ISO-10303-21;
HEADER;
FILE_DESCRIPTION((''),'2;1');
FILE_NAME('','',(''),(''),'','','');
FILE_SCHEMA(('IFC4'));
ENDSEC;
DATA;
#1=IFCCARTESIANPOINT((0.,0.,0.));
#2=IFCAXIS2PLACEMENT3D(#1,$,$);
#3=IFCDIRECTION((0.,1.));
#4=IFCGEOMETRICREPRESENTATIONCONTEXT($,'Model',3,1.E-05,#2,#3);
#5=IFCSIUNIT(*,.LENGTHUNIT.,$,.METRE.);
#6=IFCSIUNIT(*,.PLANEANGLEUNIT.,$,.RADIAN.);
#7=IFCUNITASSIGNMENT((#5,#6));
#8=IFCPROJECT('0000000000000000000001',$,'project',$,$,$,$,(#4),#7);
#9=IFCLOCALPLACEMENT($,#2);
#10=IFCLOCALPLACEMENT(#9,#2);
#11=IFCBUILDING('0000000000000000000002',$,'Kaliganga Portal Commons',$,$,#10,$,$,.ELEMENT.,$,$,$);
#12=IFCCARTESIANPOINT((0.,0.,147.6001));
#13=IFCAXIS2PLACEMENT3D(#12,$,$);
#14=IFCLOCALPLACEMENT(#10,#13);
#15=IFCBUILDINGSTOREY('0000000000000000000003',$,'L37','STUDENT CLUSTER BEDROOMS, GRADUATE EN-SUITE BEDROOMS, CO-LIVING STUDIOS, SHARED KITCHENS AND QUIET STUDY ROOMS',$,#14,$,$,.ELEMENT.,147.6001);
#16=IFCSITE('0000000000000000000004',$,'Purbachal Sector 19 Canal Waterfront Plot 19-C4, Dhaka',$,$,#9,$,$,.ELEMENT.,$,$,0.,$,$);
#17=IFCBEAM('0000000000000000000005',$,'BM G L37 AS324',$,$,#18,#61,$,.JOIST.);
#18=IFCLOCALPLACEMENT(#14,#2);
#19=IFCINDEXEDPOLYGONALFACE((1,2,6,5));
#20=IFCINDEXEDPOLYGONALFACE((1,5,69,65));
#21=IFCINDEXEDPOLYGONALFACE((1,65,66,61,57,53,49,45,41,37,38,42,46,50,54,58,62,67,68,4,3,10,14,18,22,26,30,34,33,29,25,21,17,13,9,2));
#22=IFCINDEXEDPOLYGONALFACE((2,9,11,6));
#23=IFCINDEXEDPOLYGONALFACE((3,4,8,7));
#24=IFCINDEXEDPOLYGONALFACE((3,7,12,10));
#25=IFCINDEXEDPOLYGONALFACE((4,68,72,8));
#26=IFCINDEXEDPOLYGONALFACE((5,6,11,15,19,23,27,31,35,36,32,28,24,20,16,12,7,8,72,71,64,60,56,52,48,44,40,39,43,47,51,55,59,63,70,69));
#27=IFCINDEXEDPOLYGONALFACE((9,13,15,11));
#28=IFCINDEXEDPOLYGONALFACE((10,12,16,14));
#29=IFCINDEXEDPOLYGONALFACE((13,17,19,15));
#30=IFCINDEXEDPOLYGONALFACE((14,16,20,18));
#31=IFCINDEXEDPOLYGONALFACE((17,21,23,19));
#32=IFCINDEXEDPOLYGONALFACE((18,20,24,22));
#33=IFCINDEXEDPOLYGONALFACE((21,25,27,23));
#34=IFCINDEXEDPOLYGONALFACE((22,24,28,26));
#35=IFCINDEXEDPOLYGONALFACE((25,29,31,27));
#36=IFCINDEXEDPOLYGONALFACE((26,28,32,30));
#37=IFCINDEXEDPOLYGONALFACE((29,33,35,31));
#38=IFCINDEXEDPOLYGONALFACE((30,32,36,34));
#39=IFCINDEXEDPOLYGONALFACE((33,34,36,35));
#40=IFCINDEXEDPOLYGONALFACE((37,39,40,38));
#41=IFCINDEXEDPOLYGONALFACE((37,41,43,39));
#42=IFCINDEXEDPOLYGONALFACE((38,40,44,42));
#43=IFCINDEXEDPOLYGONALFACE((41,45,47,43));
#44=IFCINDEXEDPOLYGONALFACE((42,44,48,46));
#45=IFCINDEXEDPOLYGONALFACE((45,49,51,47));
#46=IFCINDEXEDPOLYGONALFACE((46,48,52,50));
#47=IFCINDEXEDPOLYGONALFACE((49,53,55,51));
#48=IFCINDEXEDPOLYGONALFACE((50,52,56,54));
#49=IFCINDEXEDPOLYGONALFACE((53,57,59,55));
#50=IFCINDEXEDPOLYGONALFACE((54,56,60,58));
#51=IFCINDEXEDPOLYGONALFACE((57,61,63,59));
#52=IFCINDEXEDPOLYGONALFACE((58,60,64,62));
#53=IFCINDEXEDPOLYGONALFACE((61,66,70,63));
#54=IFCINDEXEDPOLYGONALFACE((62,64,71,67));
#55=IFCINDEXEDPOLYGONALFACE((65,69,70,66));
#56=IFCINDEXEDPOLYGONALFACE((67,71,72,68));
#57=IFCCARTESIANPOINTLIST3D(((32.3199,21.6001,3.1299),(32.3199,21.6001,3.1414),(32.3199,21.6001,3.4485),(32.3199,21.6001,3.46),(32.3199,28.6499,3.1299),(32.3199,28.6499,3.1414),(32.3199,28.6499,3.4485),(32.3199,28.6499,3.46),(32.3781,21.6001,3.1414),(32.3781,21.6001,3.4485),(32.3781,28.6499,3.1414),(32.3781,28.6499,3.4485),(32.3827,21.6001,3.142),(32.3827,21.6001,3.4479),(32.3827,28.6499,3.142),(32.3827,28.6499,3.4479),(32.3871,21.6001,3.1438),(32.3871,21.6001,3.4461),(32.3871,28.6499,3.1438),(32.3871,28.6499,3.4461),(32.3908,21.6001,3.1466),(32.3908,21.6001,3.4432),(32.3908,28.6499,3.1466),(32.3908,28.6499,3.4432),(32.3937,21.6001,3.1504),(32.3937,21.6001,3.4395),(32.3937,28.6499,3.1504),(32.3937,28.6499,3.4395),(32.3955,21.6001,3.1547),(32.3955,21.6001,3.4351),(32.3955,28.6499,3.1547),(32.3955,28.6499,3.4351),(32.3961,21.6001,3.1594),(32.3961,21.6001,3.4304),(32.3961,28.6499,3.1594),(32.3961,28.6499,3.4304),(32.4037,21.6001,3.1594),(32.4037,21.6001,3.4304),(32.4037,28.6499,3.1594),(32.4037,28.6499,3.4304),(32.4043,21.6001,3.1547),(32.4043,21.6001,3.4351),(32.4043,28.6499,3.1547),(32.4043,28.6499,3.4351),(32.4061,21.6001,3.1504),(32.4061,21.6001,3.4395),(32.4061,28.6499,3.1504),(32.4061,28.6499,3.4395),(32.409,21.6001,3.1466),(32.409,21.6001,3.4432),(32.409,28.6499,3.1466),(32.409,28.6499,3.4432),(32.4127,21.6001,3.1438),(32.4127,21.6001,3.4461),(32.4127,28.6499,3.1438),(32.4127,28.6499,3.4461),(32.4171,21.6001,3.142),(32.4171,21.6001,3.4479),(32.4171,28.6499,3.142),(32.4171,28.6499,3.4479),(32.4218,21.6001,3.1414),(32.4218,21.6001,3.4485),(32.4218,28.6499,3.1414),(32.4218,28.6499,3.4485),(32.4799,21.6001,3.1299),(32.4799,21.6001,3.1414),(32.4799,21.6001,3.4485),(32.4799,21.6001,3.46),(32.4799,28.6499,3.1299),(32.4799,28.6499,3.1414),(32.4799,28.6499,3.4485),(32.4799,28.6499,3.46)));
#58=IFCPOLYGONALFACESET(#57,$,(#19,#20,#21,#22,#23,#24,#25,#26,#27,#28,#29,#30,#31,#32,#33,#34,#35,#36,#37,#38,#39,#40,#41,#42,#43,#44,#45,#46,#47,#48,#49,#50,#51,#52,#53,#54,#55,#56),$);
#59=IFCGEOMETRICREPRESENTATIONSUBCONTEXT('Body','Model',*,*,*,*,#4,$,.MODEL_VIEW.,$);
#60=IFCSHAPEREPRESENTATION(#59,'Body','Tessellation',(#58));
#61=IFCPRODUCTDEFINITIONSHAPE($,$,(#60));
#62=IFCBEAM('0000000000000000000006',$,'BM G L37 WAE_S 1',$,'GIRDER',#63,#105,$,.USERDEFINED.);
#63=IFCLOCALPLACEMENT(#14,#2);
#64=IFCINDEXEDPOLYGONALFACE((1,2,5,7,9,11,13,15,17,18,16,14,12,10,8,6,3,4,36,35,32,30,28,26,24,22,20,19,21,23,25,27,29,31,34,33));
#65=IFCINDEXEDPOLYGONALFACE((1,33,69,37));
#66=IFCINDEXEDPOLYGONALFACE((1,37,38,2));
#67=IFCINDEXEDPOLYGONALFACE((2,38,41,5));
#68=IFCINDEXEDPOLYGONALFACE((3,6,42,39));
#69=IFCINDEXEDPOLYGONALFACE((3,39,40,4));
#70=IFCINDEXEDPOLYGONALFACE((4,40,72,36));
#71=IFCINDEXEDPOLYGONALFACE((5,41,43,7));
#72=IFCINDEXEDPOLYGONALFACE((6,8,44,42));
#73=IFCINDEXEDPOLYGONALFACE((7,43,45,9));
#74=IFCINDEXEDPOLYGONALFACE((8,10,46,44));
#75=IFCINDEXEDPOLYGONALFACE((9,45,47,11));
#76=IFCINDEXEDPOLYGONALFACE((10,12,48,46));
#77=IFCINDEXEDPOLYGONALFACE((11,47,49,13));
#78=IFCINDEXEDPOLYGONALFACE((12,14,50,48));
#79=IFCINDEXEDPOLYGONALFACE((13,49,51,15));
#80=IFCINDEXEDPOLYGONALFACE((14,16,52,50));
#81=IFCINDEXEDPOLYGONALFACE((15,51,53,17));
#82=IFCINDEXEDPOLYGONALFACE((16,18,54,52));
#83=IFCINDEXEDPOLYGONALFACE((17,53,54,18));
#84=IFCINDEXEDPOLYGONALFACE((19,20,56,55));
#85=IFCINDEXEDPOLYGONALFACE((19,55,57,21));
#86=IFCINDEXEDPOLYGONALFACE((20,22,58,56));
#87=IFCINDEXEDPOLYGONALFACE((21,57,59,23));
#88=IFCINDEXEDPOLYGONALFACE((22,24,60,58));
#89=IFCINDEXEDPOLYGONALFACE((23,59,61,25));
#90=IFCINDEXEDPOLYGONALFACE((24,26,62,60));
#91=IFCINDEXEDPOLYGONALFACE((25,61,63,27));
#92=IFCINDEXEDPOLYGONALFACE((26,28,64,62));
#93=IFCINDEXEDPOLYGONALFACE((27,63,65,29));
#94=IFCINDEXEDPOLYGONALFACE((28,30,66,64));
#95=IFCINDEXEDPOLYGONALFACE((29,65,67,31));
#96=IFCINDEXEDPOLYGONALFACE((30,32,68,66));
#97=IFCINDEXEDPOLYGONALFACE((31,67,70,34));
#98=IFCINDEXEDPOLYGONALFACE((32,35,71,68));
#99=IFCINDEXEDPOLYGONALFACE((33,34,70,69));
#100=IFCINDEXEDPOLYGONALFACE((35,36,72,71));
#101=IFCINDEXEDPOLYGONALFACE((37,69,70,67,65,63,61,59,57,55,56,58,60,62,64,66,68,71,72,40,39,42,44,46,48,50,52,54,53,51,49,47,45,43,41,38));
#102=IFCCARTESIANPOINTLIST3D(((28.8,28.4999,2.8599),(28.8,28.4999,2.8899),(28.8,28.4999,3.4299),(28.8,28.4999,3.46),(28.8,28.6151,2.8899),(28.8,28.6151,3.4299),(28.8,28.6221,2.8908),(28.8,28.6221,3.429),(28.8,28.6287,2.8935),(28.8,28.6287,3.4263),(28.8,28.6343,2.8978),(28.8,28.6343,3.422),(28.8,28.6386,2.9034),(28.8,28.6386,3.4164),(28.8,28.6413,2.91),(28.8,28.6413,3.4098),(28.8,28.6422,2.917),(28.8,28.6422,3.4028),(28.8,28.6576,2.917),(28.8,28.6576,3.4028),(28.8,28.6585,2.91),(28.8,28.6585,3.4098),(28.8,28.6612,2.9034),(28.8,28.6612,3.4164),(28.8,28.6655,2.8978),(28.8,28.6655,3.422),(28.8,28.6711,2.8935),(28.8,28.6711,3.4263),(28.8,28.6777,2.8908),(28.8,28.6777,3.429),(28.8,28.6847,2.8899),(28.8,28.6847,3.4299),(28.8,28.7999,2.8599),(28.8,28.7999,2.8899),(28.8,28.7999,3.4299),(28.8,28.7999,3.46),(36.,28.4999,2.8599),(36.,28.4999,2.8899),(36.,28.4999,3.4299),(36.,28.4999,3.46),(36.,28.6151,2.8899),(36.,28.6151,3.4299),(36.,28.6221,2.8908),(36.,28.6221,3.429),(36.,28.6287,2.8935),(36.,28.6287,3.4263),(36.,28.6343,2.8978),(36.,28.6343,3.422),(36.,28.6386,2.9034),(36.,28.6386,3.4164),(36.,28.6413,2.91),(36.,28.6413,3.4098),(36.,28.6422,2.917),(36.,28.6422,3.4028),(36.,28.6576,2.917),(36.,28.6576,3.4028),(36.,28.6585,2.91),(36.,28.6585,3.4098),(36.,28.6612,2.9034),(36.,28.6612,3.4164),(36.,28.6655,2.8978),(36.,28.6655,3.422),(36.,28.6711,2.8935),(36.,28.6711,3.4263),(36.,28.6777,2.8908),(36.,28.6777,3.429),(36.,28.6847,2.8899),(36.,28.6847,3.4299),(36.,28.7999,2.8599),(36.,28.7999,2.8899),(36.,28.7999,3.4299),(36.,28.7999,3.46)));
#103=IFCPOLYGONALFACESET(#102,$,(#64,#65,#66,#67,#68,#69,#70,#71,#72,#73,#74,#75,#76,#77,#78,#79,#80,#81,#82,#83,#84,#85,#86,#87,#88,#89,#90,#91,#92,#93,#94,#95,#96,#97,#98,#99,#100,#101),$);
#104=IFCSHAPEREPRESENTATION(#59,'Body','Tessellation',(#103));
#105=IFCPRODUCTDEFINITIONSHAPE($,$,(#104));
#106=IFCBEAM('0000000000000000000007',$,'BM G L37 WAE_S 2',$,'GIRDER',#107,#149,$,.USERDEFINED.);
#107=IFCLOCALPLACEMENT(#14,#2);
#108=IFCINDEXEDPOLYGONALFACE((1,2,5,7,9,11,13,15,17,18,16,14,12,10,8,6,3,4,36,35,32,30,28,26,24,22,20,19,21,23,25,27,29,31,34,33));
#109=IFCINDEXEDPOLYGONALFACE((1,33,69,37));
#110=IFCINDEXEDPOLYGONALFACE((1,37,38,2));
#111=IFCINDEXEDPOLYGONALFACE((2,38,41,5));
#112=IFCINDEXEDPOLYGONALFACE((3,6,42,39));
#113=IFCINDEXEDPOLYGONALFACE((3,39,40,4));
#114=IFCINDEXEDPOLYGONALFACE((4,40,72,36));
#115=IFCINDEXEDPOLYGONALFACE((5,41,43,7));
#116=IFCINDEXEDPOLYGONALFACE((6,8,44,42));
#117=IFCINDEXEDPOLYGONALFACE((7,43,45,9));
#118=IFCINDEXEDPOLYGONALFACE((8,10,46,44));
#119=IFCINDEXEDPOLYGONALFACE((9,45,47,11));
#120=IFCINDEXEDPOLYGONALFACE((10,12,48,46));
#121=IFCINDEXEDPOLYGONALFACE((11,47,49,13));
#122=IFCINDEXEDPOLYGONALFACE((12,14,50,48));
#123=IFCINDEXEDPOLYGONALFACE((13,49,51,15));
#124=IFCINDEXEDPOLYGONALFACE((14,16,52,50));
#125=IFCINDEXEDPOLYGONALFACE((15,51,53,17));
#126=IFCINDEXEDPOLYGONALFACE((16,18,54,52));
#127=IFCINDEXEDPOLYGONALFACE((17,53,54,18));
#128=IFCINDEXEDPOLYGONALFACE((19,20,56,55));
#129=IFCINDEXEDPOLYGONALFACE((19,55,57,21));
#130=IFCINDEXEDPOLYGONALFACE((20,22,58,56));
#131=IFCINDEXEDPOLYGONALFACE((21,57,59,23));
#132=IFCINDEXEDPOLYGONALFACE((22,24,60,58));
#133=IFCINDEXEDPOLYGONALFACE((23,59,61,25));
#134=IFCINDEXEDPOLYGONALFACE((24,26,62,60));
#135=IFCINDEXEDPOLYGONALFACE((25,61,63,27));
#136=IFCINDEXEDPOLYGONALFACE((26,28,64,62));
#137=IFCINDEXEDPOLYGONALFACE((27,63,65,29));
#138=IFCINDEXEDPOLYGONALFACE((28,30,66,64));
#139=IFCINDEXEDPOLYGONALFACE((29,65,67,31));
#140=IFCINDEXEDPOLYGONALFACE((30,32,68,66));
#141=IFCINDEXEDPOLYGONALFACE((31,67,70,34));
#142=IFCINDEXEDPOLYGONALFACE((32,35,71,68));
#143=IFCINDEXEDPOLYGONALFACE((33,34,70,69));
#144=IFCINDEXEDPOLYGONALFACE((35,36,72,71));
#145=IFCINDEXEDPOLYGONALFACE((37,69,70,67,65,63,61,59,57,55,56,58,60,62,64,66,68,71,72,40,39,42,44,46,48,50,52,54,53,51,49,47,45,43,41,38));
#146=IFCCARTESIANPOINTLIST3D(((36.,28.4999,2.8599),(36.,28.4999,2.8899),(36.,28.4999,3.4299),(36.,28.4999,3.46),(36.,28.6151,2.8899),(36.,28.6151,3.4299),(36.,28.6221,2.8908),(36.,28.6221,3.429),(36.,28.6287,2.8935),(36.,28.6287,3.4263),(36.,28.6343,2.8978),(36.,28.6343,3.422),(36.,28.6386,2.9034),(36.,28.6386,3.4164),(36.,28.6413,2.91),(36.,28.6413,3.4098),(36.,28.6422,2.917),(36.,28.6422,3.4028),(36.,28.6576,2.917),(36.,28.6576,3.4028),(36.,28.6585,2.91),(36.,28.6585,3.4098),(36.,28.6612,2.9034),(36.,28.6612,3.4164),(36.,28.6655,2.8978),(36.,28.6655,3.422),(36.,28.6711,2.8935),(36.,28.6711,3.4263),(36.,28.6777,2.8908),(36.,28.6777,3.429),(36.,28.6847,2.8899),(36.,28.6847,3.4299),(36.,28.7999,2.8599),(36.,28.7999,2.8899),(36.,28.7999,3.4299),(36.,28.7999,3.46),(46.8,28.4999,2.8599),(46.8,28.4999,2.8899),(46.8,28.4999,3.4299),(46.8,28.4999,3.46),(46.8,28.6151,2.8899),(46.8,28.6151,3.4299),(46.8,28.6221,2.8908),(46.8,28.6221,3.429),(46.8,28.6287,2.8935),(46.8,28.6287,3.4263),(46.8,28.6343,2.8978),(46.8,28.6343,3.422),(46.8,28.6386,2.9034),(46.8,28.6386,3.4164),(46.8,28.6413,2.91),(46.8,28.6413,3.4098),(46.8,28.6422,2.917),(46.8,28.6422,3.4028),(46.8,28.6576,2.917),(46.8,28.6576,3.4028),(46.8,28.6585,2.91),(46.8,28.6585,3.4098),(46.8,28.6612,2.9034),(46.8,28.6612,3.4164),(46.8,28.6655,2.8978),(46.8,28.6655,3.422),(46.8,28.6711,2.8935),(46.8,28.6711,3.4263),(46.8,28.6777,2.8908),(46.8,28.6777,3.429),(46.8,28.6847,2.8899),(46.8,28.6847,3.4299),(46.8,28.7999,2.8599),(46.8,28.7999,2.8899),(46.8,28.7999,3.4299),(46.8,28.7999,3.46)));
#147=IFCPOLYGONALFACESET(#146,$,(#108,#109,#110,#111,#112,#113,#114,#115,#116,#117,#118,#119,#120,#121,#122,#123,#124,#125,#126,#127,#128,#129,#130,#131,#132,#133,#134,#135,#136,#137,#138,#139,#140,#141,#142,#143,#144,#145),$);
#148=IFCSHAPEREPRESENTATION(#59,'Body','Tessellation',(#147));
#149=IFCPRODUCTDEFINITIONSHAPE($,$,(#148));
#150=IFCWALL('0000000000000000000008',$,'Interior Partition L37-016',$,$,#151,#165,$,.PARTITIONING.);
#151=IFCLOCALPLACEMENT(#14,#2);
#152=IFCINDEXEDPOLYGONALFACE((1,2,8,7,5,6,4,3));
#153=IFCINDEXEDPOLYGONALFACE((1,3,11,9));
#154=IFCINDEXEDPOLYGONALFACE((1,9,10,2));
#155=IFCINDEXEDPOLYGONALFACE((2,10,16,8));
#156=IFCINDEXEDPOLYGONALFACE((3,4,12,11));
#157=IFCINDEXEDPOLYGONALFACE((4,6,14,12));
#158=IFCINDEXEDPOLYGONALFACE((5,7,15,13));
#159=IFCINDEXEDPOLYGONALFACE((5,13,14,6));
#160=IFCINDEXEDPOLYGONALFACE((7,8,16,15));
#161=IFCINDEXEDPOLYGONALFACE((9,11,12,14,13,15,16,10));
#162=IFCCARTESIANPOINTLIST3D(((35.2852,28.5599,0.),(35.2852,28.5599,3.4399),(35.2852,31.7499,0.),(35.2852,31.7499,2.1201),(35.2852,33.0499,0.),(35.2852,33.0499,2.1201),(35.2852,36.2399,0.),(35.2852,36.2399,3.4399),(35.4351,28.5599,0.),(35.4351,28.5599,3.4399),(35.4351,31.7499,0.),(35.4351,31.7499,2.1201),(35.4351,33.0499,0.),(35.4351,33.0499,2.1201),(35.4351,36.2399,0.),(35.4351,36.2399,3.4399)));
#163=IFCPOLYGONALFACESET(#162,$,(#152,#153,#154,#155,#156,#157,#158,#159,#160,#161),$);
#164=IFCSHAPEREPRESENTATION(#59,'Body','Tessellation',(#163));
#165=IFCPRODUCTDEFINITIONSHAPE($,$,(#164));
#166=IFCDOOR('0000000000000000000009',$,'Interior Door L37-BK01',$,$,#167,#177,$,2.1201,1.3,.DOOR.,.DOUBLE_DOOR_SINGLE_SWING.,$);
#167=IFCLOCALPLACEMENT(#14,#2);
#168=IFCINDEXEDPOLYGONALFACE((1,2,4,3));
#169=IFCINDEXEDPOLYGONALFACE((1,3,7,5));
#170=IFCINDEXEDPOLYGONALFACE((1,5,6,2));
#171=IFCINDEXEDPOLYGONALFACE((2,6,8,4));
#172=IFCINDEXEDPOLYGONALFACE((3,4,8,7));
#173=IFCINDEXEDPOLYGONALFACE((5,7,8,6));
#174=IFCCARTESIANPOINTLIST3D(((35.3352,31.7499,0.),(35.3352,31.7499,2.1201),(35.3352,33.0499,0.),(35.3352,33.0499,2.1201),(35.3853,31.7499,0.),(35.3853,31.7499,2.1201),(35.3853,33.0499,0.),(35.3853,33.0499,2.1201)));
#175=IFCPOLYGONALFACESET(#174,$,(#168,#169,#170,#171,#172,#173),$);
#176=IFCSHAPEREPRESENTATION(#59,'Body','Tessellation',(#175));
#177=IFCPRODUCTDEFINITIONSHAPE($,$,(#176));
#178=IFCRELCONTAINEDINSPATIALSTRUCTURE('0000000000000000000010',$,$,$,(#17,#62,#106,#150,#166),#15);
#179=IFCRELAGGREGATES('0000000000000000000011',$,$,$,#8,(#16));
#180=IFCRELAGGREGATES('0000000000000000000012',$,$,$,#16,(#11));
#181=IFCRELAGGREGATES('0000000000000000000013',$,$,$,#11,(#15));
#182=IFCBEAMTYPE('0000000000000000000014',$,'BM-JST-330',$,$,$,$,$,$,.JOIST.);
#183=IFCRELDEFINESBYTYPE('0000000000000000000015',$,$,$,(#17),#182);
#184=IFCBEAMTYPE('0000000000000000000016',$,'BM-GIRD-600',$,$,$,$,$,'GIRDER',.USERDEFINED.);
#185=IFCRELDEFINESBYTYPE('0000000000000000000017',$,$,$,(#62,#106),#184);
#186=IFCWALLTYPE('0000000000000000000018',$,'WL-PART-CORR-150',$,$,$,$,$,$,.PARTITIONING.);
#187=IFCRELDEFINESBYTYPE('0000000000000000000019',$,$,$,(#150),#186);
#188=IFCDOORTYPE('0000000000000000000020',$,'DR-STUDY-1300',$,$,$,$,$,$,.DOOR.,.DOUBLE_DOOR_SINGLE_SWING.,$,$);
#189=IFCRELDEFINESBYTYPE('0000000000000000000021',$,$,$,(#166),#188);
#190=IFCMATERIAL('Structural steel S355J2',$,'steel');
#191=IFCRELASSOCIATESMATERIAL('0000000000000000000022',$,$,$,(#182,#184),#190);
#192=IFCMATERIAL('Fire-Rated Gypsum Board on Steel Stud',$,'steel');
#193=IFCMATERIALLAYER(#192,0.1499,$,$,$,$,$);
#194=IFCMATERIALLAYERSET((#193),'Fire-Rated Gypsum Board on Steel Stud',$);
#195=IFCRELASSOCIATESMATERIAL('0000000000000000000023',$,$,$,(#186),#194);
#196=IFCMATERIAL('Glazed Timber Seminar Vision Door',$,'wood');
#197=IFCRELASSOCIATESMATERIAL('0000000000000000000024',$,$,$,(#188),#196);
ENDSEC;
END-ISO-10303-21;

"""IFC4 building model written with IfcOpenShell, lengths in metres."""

from ifc_helpers import new_model, si_unit, direction, frame, frame_2d, origin, origin_2d, place, context, subcontext, project, spatial, rectangle, i_section, extrude, source, transform, mapped, material, layer, layer_set, material_profile, profile_set, type_object, element, fill, save


model = new_model("IFC4")

# Units and contexts
model_context = context("Model", 3, precision=1e-05, world=origin(), true_north=direction((0.0, 1.0)))
body_context = subcontext(model_context, "Body", "Model", "MODEL_VIEW")
ifc_project = project(units=[si_unit("LENGTHUNIT", "METRE"), si_unit("PLANEANGLEUNIT", "RADIAN")], contexts=[model_context])

# Site, building, storey
site_placement = place(None, origin())
site = spatial("IfcSite", under=ifc_project, at=site_placement, Name="Purbachal Sector 19 Canal Waterfront Plot 19-C4, Dhaka", CompositionType="ELEMENT", RefElevation=0.0)
building_placement = place(site_placement, origin())
building = spatial("IfcBuilding", under=site, at=building_placement, Name="Kaliganga Portal Commons", CompositionType="ELEMENT")
storey_placement = place(building_placement, frame((0.0, 0.0, 147.6001)))
storey = spatial("IfcBuildingStorey", under=building, at=storey_placement, Name="L37", Description="STUDENT CLUSTER BEDROOMS, GRADUATE EN-SUITE BEDROOMS, CO-LIVING STUDIOS, SHARED KITCHENS AND QUIET STUDY ROOMS", CompositionType="ELEMENT", Elevation=147.6001)

# Beams
ifc_material_1 = material(Name="Structural steel S355J2", Category="steel")
ifc_material_profile_1 = material_profile(ifc_material_1, i_section(OverallWidth=0.1599, OverallDepth=0.3301, WebThickness=0.0076, FlangeThickness=0.0115, FilletRadius=0.0181, at=origin_2d()), Name="IPE 330")
ifc_profile_set_1 = profile_set([ifc_material_profile_1], Name="Structural steel S355J2 wide-flange")
beam_type_1 = type_object("IfcBeamType", Name="BM-JST-330", PredefinedType="JOIST", material=ifc_profile_set_1)
shared_shape_1 = source(origin(), body_context, "Body", "SweptSolid", [
    extrude(i_section(OverallWidth=0.1599, OverallDepth=0.3301, WebThickness=0.0076, FlangeThickness=0.0115, FilletRadius=0.0181, at=origin_2d()), origin(), (0.0, 0.0, 1.0), 7.0498),
])
beam_1_placement = place(storey_placement, frame((32.3999, 21.6001, 3.2949), z_axis=(0.0, 1.0, 0.0), x_axis=(-1.0, 0.0, 0.0)))
element("IfcBeam", 1, at=beam_1_placement, inside=storey, type_object=beam_type_1, Name="BM G L37 AS324", PredefinedType="JOIST", context=body_context, shape_type="MappedRepresentation", body=[
    mapped(shared_shape_1, transform((0.0, 0.0, 0.0), x_axis=(1.0, 0.0, 0.0), y_axis=(0.0, 1.0, 0.0), z_axis=(0.0, 0.0, 1.0), scale=1.0)),
])
ifc_material_profile_2 = material_profile(ifc_material_1, i_section(OverallWidth=0.3, OverallDepth=0.6001, WebThickness=0.0154, FlangeThickness=0.03, FilletRadius=0.0271, at=origin_2d()), Name="HE 600 B")
ifc_profile_set_2 = profile_set([ifc_material_profile_2], Name="Structural steel S355J2 wide-flange")
beam_type_2 = type_object("IfcBeamType", Name="BM-GIRD-600", ElementType="GIRDER", PredefinedType="USERDEFINED", material=ifc_profile_set_2)
shared_shape_2 = source(origin(), body_context, "Body", "SweptSolid", [
    extrude(i_section(OverallWidth=0.3, OverallDepth=0.6001, WebThickness=0.0154, FlangeThickness=0.03, FilletRadius=0.0271, at=origin_2d()), origin(), (0.0, 0.0, 1.0), 7.2),
])
beam_2_placement = place(storey_placement, frame((28.8, 28.6499, 3.1599), z_axis=(1.0, 0.0, 0.0), x_axis=(0.0, 1.0, 0.0)))
element("IfcBeam", 2, at=beam_2_placement, inside=storey, type_object=beam_type_2, Name="BM G L37 WAE_S 1", ObjectType="GIRDER", PredefinedType="USERDEFINED", context=body_context, shape_type="MappedRepresentation", body=[
    mapped(shared_shape_2, transform((0.0, 0.0, 0.0), x_axis=(1.0, 0.0, 0.0), y_axis=(0.0, 1.0, 0.0), z_axis=(0.0, 0.0, 1.0), scale=1.0)),
])
shared_shape_3 = source(origin(), body_context, "Body", "SweptSolid", [
    extrude(i_section(OverallWidth=0.3, OverallDepth=0.6001, WebThickness=0.0154, FlangeThickness=0.03, FilletRadius=0.0271, at=origin_2d()), origin(), (0.0, 0.0, 1.0), 10.8),
])
beam_3_placement = place(storey_placement, frame((36.0, 28.6499, 3.1599), z_axis=(1.0, 0.0, 0.0), x_axis=(0.0, 1.0, 0.0)))
element("IfcBeam", 3, at=beam_3_placement, inside=storey, type_object=beam_type_2, Name="BM G L37 WAE_S 2", ObjectType="GIRDER", PredefinedType="USERDEFINED", context=body_context, shape_type="MappedRepresentation", body=[
    mapped(shared_shape_3, transform((0.0, 0.0, 0.0), x_axis=(1.0, 0.0, 0.0), y_axis=(0.0, 1.0, 0.0), z_axis=(0.0, 0.0, 1.0), scale=1.0)),
])

# Wall, opening, door
ifc_material_2 = material(Name="Fire-Rated Gypsum Board on Steel Stud", Category="steel")
ifc_layer_1 = layer(ifc_material_2, 0.1499)
ifc_layer_set_1 = layer_set([ifc_layer_1], Name="Fire-Rated Gypsum Board on Steel Stud")
wall_type_1 = type_object("IfcWallType", Name="WL-PART-CORR-150", PredefinedType="PARTITIONING", material=ifc_layer_set_1)
wall_1_placement = place(storey_placement, frame((35.3601, 28.5601, 0.0), z_axis=(0.0, 0.0, 1.0), x_axis=(0.0, 1.0, 0.0)))
wall_1 = element("IfcWall", 4, at=wall_1_placement, inside=storey, type_object=wall_type_1, Name="Interior Partition L37-016", PredefinedType="PARTITIONING", context=body_context, shape_type="SweptSolid", body=[
    extrude(rectangle(XDim=7.6799, YDim=0.1499, at=frame_2d((3.8398, 0.0))), origin(), (0.0, 0.0, 1.0), 3.4399),
])
opening_1_placement = place(wall_1_placement, frame((3.1899, 0.0, 0.0)))
opening_1 = element("IfcOpeningElement", 5, at=opening_1_placement, cuts=wall_1, PredefinedType="OPENING", context=body_context, shape_type="SweptSolid", body=[
    extrude(rectangle(XDim=1.3, YDim=2.1201, at=frame_2d((0.6499, 1.0601))), frame((0.0, 0.085, 0.0), z_axis=(0.0, -1.0, 0.0), x_axis=(1.0, 0.0, 0.0)), (0.0, 0.0, 1.0), 0.1699),
])
ifc_material_3 = material(Name="Glazed Timber Seminar Vision Door", Category="wood")
door_type_1 = type_object("IfcDoorType", Name="DR-STUDY-1300", OperationType="DOUBLE_DOOR_SINGLE_SWING", PredefinedType="DOOR", material=ifc_material_3)
door_1_placement = place(opening_1_placement, origin())
door_1 = element("IfcDoor", 6, at=door_1_placement, inside=storey, type_object=door_type_1, Name="Interior Door L37-BK01", OperationType="DOUBLE_DOOR_SINGLE_SWING", OverallHeight=2.1201, OverallWidth=1.3, PredefinedType="DOOR", context=body_context, shape_type="SweptSolid", body=[
    extrude(rectangle(XDim=1.3, YDim=2.1201, at=frame_2d((0.6499, 1.0601))), frame((0.0, 0.0249, 0.0), z_axis=(0.0, -1.0, 0.0), x_axis=(1.0, 0.0, 0.0)), (0.0, 0.0, 1.0), 0.05),
])
fill(opening_1, door_1)

save(model, "model.ifc")
